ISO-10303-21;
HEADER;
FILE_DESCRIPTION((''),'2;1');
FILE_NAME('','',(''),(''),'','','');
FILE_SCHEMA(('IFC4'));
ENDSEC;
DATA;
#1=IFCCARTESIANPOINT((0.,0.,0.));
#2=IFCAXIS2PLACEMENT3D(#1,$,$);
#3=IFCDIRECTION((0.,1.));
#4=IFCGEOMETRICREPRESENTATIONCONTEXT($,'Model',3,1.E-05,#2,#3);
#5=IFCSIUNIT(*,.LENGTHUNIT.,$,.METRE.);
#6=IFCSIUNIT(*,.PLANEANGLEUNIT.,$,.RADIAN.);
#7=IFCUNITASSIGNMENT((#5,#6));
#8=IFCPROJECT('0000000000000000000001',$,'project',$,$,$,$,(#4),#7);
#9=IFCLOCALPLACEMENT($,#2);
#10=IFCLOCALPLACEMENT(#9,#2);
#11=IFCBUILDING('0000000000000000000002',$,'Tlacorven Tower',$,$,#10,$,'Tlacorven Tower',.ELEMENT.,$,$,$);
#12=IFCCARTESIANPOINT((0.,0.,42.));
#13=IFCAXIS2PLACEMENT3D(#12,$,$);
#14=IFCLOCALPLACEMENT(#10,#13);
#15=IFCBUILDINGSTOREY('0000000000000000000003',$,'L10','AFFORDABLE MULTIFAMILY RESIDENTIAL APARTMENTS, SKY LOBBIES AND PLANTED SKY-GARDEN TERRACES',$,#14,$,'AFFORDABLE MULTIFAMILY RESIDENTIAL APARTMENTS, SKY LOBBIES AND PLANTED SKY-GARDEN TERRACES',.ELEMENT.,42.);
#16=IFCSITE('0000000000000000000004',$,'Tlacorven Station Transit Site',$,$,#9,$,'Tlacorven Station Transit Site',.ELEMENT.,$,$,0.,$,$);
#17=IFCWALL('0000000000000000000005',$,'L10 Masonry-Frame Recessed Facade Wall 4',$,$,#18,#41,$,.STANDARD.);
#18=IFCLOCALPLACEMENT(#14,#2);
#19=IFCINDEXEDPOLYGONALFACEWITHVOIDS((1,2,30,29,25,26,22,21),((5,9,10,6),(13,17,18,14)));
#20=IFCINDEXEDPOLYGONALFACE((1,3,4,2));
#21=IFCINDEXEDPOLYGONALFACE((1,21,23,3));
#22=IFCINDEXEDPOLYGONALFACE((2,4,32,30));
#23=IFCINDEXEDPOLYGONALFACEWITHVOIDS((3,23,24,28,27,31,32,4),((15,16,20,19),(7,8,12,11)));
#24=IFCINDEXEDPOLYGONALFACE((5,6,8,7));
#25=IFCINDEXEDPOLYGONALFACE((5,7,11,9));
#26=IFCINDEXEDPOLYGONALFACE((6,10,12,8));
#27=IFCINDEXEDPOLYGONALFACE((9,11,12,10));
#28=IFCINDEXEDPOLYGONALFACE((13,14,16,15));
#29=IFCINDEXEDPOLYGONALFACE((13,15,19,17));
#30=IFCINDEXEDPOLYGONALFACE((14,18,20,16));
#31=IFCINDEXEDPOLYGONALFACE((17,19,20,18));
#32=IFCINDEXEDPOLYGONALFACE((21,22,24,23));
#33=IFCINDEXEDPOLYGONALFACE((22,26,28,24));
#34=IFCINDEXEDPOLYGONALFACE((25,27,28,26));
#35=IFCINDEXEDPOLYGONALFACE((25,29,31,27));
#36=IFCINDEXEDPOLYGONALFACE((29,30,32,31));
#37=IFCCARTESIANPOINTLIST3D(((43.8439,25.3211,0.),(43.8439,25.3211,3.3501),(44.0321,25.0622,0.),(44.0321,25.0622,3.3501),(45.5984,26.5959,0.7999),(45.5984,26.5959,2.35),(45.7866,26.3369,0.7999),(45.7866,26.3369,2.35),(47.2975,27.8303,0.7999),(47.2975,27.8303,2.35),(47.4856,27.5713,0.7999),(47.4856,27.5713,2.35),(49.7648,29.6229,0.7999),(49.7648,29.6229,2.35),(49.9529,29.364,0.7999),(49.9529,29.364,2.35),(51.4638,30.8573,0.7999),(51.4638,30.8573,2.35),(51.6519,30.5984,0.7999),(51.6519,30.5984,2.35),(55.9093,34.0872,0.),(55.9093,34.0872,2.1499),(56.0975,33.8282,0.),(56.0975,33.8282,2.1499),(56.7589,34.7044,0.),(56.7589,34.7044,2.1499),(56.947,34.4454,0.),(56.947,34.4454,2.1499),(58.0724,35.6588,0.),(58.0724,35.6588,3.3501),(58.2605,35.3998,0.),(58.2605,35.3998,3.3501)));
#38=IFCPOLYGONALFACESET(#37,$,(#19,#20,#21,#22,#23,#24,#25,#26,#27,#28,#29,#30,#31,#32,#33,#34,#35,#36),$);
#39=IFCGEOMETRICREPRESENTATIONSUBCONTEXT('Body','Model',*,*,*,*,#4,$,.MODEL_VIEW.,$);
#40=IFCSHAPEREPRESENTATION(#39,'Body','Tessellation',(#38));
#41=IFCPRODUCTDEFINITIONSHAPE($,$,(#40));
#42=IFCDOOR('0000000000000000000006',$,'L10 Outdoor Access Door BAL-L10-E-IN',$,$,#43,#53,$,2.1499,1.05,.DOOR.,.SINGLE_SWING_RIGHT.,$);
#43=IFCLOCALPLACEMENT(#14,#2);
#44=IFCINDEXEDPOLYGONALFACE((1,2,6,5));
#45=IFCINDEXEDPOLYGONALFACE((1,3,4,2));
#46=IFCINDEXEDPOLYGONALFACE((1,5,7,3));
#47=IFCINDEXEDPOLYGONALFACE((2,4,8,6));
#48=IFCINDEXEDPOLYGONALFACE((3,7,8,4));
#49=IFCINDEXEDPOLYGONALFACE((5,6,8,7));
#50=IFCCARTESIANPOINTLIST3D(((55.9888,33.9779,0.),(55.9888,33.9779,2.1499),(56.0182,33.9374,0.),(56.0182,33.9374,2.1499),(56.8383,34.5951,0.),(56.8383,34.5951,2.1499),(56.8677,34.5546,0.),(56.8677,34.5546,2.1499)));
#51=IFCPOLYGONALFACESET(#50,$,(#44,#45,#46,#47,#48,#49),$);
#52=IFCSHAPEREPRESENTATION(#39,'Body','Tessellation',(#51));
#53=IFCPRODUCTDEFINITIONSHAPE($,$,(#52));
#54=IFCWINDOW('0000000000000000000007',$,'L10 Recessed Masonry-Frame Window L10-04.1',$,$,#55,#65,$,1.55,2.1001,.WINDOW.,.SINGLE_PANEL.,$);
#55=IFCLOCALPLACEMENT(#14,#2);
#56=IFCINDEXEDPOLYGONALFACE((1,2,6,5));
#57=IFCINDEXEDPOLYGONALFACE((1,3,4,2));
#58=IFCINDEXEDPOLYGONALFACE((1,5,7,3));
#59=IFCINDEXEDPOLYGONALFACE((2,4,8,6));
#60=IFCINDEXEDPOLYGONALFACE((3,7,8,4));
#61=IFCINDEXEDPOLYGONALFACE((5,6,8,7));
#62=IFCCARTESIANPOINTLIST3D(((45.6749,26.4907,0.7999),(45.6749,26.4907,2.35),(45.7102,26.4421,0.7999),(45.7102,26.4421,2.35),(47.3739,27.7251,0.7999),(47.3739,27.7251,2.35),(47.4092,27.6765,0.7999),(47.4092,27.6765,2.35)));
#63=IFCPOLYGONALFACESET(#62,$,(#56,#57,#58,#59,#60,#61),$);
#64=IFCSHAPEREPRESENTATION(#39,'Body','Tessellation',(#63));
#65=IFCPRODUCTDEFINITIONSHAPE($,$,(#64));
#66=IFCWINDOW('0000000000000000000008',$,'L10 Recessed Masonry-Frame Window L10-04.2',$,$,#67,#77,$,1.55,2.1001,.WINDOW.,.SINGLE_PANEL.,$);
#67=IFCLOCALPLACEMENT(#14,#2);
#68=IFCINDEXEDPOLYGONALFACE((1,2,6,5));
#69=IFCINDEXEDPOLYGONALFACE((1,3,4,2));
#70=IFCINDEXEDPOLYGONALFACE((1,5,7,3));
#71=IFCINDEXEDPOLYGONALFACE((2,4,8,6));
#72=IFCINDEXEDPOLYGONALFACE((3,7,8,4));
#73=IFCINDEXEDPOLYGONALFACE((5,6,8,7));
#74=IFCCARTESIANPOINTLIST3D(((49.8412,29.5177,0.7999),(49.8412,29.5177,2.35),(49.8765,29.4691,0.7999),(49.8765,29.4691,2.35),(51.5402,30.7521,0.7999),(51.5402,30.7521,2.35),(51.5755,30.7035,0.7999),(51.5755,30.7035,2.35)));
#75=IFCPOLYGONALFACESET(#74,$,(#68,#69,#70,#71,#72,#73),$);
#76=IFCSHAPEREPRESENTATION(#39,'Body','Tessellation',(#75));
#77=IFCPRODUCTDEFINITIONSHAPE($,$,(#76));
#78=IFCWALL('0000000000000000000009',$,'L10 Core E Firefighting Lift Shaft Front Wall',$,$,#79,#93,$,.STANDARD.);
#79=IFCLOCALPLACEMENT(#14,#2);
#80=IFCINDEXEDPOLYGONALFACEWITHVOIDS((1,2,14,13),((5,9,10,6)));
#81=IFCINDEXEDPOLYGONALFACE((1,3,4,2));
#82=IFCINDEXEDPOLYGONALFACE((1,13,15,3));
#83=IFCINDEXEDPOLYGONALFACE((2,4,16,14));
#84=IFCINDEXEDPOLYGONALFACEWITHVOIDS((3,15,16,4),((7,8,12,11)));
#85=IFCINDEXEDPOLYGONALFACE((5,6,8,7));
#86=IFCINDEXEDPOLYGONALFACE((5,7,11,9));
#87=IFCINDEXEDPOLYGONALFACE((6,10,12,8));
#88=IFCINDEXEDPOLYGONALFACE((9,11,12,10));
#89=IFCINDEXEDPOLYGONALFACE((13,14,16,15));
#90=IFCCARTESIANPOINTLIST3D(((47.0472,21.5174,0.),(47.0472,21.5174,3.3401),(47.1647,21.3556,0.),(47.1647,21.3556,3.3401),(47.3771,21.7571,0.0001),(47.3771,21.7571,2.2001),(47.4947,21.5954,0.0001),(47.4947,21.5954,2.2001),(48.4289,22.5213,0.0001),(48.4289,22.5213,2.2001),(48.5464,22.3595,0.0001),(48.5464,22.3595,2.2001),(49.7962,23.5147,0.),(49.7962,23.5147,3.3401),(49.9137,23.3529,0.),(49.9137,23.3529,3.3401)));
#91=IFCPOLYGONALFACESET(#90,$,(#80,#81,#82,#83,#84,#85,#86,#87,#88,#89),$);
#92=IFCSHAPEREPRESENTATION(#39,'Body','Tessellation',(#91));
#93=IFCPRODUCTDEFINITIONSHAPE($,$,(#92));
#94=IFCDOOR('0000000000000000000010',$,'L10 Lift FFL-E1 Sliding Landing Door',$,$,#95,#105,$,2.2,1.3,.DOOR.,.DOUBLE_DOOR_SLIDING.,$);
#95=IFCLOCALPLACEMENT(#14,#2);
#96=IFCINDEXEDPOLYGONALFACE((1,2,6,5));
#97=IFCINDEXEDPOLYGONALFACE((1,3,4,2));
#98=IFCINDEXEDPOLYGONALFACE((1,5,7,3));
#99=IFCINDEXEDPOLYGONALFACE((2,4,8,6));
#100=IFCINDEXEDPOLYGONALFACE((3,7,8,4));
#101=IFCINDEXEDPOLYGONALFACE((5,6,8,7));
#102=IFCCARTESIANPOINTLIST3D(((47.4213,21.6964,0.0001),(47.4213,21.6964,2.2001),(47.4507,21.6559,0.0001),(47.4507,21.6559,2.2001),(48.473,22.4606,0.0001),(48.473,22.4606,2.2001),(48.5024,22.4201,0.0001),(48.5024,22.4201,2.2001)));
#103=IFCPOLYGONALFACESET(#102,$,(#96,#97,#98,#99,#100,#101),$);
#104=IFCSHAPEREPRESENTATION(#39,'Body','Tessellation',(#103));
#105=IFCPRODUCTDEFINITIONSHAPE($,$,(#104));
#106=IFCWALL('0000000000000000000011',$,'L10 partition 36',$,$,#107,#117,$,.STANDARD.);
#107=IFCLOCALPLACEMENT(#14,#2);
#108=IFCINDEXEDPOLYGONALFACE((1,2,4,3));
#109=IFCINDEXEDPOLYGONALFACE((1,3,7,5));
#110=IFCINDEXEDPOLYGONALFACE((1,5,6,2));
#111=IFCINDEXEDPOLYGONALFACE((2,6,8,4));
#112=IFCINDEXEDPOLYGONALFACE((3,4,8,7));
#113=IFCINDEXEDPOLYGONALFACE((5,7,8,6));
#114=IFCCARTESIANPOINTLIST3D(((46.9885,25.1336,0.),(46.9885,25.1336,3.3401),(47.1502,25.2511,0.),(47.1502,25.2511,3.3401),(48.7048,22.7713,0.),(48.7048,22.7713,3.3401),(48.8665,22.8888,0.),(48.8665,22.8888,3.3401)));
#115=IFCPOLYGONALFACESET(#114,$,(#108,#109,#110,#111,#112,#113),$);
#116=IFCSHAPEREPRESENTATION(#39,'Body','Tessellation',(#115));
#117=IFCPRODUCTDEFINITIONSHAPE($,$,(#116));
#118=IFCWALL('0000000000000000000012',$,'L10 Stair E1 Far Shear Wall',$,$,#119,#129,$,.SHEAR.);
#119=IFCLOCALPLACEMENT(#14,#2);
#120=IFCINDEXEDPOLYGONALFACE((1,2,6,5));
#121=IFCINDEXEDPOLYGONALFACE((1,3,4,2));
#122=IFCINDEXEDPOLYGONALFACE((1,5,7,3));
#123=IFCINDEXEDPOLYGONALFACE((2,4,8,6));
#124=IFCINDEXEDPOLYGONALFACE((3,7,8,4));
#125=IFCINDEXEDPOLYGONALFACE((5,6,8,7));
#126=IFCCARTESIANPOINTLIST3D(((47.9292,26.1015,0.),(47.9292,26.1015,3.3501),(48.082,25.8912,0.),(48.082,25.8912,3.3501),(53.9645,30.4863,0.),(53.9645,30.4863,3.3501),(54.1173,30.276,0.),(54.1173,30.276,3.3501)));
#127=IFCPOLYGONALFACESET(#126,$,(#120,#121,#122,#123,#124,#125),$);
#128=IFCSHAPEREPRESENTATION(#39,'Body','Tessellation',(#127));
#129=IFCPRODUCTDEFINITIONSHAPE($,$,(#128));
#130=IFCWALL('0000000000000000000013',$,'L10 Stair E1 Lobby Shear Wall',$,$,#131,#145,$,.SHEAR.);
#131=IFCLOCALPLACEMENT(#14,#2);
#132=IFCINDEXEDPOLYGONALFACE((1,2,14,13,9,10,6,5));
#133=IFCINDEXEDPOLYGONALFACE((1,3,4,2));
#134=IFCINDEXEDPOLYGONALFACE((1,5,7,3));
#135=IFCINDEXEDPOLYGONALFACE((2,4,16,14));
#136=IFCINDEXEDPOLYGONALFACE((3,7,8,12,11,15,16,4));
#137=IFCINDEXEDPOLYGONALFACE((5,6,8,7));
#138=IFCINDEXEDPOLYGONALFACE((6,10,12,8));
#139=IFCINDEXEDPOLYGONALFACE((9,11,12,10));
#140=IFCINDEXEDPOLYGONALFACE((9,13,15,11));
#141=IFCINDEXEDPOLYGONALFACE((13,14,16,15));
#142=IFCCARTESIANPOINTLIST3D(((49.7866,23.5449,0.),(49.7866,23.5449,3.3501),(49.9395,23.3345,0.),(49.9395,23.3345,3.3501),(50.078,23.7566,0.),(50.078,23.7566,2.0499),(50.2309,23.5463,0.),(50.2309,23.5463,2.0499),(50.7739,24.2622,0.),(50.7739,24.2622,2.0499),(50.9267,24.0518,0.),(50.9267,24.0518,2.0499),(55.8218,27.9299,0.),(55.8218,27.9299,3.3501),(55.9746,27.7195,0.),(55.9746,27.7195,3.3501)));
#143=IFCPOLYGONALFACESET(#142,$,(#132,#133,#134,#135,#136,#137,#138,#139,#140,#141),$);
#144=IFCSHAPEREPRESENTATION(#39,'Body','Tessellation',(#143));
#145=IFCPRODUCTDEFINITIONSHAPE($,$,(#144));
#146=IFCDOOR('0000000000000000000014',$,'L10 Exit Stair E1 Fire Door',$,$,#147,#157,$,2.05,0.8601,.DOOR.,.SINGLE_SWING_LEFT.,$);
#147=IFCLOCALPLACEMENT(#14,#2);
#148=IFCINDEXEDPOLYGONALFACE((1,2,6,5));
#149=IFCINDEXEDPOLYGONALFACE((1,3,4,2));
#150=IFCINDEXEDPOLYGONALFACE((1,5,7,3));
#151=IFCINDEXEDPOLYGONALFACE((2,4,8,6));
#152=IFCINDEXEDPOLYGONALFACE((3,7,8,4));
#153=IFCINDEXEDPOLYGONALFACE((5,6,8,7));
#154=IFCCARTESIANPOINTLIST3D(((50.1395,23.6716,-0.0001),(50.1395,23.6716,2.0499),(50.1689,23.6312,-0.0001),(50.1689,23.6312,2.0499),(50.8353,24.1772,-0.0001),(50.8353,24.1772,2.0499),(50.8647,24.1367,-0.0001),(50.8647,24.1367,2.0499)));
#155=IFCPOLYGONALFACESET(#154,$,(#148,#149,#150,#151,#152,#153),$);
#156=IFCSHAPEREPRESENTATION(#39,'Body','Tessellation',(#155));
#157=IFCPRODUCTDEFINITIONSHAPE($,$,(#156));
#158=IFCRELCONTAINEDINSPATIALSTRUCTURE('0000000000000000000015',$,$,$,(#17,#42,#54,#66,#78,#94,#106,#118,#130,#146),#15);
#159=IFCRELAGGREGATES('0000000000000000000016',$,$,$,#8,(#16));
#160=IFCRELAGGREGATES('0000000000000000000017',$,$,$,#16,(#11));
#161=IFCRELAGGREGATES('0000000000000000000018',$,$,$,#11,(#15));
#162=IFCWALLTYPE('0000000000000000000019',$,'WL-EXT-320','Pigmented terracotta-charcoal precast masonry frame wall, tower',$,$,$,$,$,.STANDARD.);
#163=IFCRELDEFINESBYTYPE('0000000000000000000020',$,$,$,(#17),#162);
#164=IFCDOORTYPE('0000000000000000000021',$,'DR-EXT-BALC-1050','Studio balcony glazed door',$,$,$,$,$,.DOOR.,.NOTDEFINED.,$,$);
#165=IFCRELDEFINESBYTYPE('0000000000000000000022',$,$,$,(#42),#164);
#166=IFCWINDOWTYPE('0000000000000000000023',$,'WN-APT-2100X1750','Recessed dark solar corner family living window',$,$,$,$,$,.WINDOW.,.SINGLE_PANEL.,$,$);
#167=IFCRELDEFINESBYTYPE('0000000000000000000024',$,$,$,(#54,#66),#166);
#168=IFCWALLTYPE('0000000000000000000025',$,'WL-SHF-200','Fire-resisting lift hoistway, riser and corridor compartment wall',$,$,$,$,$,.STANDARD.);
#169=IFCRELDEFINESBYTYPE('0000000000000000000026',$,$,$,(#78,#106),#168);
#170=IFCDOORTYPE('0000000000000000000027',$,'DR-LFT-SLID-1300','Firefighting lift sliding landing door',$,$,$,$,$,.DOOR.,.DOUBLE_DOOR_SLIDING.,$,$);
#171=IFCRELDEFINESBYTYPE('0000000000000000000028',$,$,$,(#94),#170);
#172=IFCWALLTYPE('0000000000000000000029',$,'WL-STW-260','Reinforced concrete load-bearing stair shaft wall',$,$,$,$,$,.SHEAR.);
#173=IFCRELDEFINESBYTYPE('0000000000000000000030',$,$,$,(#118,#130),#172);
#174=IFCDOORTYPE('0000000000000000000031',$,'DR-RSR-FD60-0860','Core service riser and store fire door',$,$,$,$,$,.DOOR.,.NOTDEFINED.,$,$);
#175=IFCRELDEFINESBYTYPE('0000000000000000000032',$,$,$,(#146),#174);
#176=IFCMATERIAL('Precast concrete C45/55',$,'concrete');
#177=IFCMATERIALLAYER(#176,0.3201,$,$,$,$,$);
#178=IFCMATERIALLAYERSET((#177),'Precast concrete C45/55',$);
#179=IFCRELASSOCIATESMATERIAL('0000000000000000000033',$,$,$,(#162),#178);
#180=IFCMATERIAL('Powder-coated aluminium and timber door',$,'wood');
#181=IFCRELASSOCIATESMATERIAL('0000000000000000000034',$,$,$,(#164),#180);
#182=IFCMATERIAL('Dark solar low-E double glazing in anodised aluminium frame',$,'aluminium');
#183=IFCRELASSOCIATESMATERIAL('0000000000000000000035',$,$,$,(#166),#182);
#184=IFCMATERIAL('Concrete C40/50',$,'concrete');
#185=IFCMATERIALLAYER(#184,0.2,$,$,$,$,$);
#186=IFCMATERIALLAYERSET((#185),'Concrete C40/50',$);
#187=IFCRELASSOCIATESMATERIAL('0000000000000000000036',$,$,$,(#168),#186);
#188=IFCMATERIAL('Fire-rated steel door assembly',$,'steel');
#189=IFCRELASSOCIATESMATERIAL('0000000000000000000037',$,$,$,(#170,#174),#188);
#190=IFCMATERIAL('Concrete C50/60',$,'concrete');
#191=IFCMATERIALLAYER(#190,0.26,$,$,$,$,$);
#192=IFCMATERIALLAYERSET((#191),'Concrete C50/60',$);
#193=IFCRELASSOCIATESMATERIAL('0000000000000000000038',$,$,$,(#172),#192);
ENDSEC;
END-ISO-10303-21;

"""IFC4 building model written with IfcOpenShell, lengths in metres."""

from ifc_helpers import new_model, si_unit, direction, frame, frame_2d, origin, place, context, subcontext, project, spatial, rectangle, extrude, source, transform, mapped, material, layer, layer_set, type_object, element, fill, save


model = new_model("IFC4")

# Units and contexts
model_context = context("Model", 3, precision=1e-05, world=origin(), true_north=direction((0.0, 1.0)))
body_context = subcontext(model_context, "Body", "Model", "MODEL_VIEW")
ifc_project = project(units=[si_unit("LENGTHUNIT", "METRE"), si_unit("PLANEANGLEUNIT", "RADIAN")], contexts=[model_context])

# Site, building, storey
site_placement = place(None, origin())
site = spatial("IfcSite", under=ifc_project, at=site_placement, Name="Tlacorven Station Transit Site", LongName="Tlacorven Station Transit Site", CompositionType="ELEMENT", RefElevation=0.0)
building_placement = place(site_placement, origin())
building = spatial("IfcBuilding", under=site, at=building_placement, Name="Tlacorven Tower", LongName="Tlacorven Tower", CompositionType="ELEMENT")
storey_placement = place(building_placement, frame((0.0, 0.0, 42.0)))
storey = spatial("IfcBuildingStorey", under=building, at=storey_placement, Name="L10", Description="AFFORDABLE MULTIFAMILY RESIDENTIAL APARTMENTS, SKY LOBBIES AND PLANTED SKY-GARDEN TERRACES", LongName="AFFORDABLE MULTIFAMILY RESIDENTIAL APARTMENTS, SKY LOBBIES AND PLANTED SKY-GARDEN TERRACES", CompositionType="ELEMENT", Elevation=42.0)

# Wall, openings, door, windows
ifc_material_1 = material(Name="Precast concrete C45/55", Category="concrete")
ifc_layer_1 = layer(ifc_material_1, 0.3201)
ifc_layer_set_1 = layer_set([ifc_layer_1], Name="Precast concrete C45/55")
wall_type_1 = type_object("IfcWallType", Name="WL-EXT-320", Description="Pigmented terracotta-charcoal precast masonry frame wall, tower", PredefinedType="STANDARD", material=ifc_layer_set_1)
wall_1_placement = place(storey_placement, frame((43.938, 25.1917, 0.0), z_axis=(0.0, 0.0, 1.0), x_axis=(0.809016, 0.587786, 0.0)))
wall_1 = element("IfcWall", 1, at=wall_1_placement, inside=storey, type_object=wall_type_1, Name="L10 Masonry-Frame Recessed Facade Wall 4", PredefinedType="STANDARD", context=body_context, shape_type="SweptSolid", body=[
    extrude(rectangle(XDim=17.5874, YDim=0.3201, at=frame_2d((8.7937, 0.0))), origin(), (0.0, 0.0, 1.0), 3.3501),
])
opening_1_placement = place(wall_1_placement, frame((14.9138, 0.0, 0.0)))
opening_1 = element("IfcOpeningElement", 2, at=opening_1_placement, cuts=wall_1, PredefinedType="OPENING", context=body_context, shape_type="SweptSolid", body=[
    extrude(rectangle(XDim=1.05, YDim=2.1499, at=frame_2d((0.5249, 1.075))), frame((0.0, 0.1699, 0.0), z_axis=(0.0, -1.0, 0.0), x_axis=(1.0, 0.0, 0.0)), (0.0, 0.0, 1.0), 0.3401),
])
opening_2_placement = place(wall_1_placement, frame((2.1687, 0.0, 0.8)))
opening_2 = element("IfcOpeningElement", 3, at=opening_2_placement, cuts=wall_1, PredefinedType="OPENING", context=body_context, shape_type="SweptSolid", body=[
    extrude(rectangle(XDim=2.1001, YDim=1.55, at=frame_2d((1.05, 0.7749))), frame((0.0, 0.1699, 0.0), z_axis=(0.0, -1.0, 0.0), x_axis=(1.0, 0.0, 0.0)), (0.0, 0.0, 1.0), 0.3401),
])
opening_3_placement = place(wall_1_placement, frame((7.3186, 0.0, 0.8)))
opening_3 = element("IfcOpeningElement", 4, at=opening_3_placement, cuts=wall_1, PredefinedType="OPENING", context=body_context, shape_type="SweptSolid", body=[
    extrude(rectangle(XDim=2.1001, YDim=1.55, at=frame_2d((1.05, 0.7749))), frame((0.0, 0.1699, 0.0), z_axis=(0.0, -1.0, 0.0), x_axis=(1.0, 0.0, 0.0)), (0.0, 0.0, 1.0), 0.3401),
])
ifc_material_2 = material(Name="Powder-coated aluminium and timber door", Category="wood")
door_type_1 = type_object("IfcDoorType", Name="DR-EXT-BALC-1050", Description="Studio balcony glazed door", OperationType="NOTDEFINED", PredefinedType="DOOR", material=ifc_material_2)
shared_shape_1 = source(origin(), body_context, "Body", "SweptSolid", [
    extrude(rectangle(XDim=1.05, YDim=2.1499, at=frame_2d((0.5249, 1.075))), frame((0.0, 0.0249, 0.0), z_axis=(0.0, -1.0, 0.0), x_axis=(1.0, 0.0, 0.0)), (0.0, 0.0, 1.0), 0.05),
])
door_1_placement = place(opening_1_placement, origin())
door_1 = element("IfcDoor", 5, at=door_1_placement, inside=storey, type_object=door_type_1, Name="L10 Outdoor Access Door BAL-L10-E-IN", OperationType="SINGLE_SWING_RIGHT", OverallHeight=2.1499, OverallWidth=1.05, PredefinedType="DOOR", context=body_context, shape_type="MappedRepresentation", body=[
    mapped(shared_shape_1, transform((0.0, 0.0, 0.0), scale=1.0)),
])
fill(opening_1, door_1)
ifc_material_3 = material(Name="Dark solar low-E double glazing in anodised aluminium frame", Category="aluminium")
window_type = type_object("IfcWindowType", Name="WN-APT-2100X1750", Description="Recessed dark solar corner family living window", PartitioningType="SINGLE_PANEL", PredefinedType="WINDOW", material=ifc_material_3)
shared_shape_2 = source(origin(), body_context, "Body", "SweptSolid", [
    extrude(rectangle(XDim=2.1001, YDim=1.55, at=frame_2d((1.05, 0.7749))), frame((0.0, 0.03, 0.0), z_axis=(0.0, -1.0, 0.0), x_axis=(1.0, 0.0, 0.0)), (0.0, 0.0, 1.0), 0.0601),
])
window_1_placement = place(opening_2_placement, origin())
window_1 = element("IfcWindow", 6, at=window_1_placement, inside=storey, type_object=window_type, Name="L10 Recessed Masonry-Frame Window L10-04.1", OverallHeight=1.55, OverallWidth=2.1001, PartitioningType="SINGLE_PANEL", PredefinedType="WINDOW", context=body_context, shape_type="MappedRepresentation", body=[
    mapped(shared_shape_2, transform((0.0, 0.0, 0.0), scale=1.0)),
])
fill(opening_2, window_1)
window_2_placement = place(opening_3_placement, origin())
window_2 = element("IfcWindow", 7, at=window_2_placement, inside=storey, type_object=window_type, Name="L10 Recessed Masonry-Frame Window L10-04.2", OverallHeight=1.55, OverallWidth=2.1001, PartitioningType="SINGLE_PANEL", PredefinedType="WINDOW", context=body_context, shape_type="MappedRepresentation", body=[
    mapped(shared_shape_2, transform((0.0, 0.0, 0.0), scale=1.0)),
])
fill(opening_3, window_2)

# Wall, opening, door
ifc_material_4 = material(Name="Concrete C40/50", Category="concrete")
ifc_layer_2 = layer(ifc_material_4, 0.2)
ifc_layer_set_2 = layer_set([ifc_layer_2], Name="Concrete C40/50")
wall_type_2 = type_object("IfcWallType", Name="WL-SHF-200", Description="Fire-resisting lift hoistway, riser and corridor compartment wall", PredefinedType="STANDARD", material=ifc_layer_set_2)
wall_2_placement = place(storey_placement, frame((47.106, 21.4365, 0.0), z_axis=(0.0, 0.0, 1.0), x_axis=(0.809013, 0.587791, 0.0)))
wall_2 = element("IfcWall", 8, at=wall_2_placement, inside=storey, type_object=wall_type_2, Name="L10 Core E Firefighting Lift Shaft Front Wall", PredefinedType="STANDARD", context=body_context, shape_type="SweptSolid", body=[
    extrude(rectangle(XDim=3.3979, YDim=0.2, at=frame_2d((1.699, 0.0))), origin(), (0.0, 0.0, 1.0), 3.3401),
])
opening_4_placement = place(wall_2_placement, frame((0.408, 0.0, 0.0)))
opening_4 = element("IfcOpeningElement", 9, at=opening_4_placement, cuts=wall_2, PredefinedType="OPENING", context=body_context, shape_type="SweptSolid", body=[
    extrude(rectangle(XDim=1.3, YDim=2.2, at=frame_2d((0.6499, 1.1001))), frame((0.0, 0.1099, 0.0), z_axis=(0.0, -1.0, 0.0), x_axis=(1.0, 0.0, 0.0)), (0.0, 0.0, 1.0), 0.22),
])
ifc_material_5 = material(Name="Fire-rated steel door assembly", Category="steel")
door_type_2 = type_object("IfcDoorType", Name="DR-LFT-SLID-1300", Description="Firefighting lift sliding landing door", OperationType="DOUBLE_DOOR_SLIDING", PredefinedType="DOOR", material=ifc_material_5)
shared_shape_3 = source(origin(), body_context, "Body", "SweptSolid", [
    extrude(rectangle(XDim=1.3, YDim=2.2, at=frame_2d((0.6499, 1.1001))), frame((0.0, 0.0249, 0.0), z_axis=(0.0, -1.0, 0.0), x_axis=(1.0, 0.0, 0.0)), (0.0, 0.0, 1.0), 0.05),
])
door_2_placement = place(opening_4_placement, origin())
door_2 = element("IfcDoor", 10, at=door_2_placement, inside=storey, type_object=door_type_2, Name="L10 Lift FFL-E1 Sliding Landing Door", OperationType="DOUBLE_DOOR_SLIDING", OverallHeight=2.2, OverallWidth=1.3, PredefinedType="DOOR", context=body_context, shape_type="MappedRepresentation", body=[
    mapped(shared_shape_3, transform((0.0, 0.0, 0.0), scale=1.0)),
])
fill(opening_4, door_2)

# Walls
wall_3_placement = place(storey_placement, frame((48.7856, 22.8301, 0.0), z_axis=(0.0, 0.0, 1.0), x_axis=(-0.587784, 0.809018, 0.0)))
element("IfcWall", 11, at=wall_3_placement, inside=storey, type_object=wall_type_2, Name="L10 partition 36", PredefinedType="STANDARD", context=body_context, shape_type="SweptSolid", body=[
    extrude(rectangle(XDim=2.9199, YDim=0.2, at=frame_2d((1.46, 0.0))), origin(), (0.0, 0.0, 1.0), 3.3401),
])
ifc_material_6 = material(Name="Concrete C50/60", Category="concrete")
ifc_layer_3 = layer(ifc_material_6, 0.26)
ifc_layer_set_3 = layer_set([ifc_layer_3], Name="Concrete C50/60")
wall_type_3 = type_object("IfcWallType", Name="WL-STW-260", Description="Reinforced concrete load-bearing stair shaft wall", PredefinedType="SHEAR", material=ifc_layer_set_3)
wall_4_placement = place(storey_placement, frame((48.0056, 25.9963, 0.0), z_axis=(0.0, 0.0, 1.0), x_axis=(0.809019, 0.587782, 0.0)))
element("IfcWall", 12, at=wall_4_placement, inside=storey, type_object=wall_type_3, Name="L10 Stair E1 Far Shear Wall", PredefinedType="SHEAR", context=body_context, shape_type="SweptSolid", body=[
    extrude(rectangle(XDim=7.46, YDim=0.26, at=frame_2d((3.73, 0.0))), origin(), (0.0, 0.0, 1.0), 3.3501),
])

# Wall, opening, door
wall_5_placement = place(storey_placement, frame((49.863, 23.4397, 0.0), z_axis=(0.0, 0.0, 1.0), x_axis=(0.809003, 0.587804, 0.0)))
wall_5 = element("IfcWall", 13, at=wall_5_placement, inside=storey, type_object=wall_type_3, Name="L10 Stair E1 Lobby Shear Wall", PredefinedType="SHEAR", context=body_context, shape_type="SweptSolid", body=[
    extrude(rectangle(XDim=7.46, YDim=0.26, at=frame_2d((3.73, 0.0))), origin(), (0.0, 0.0, 1.0), 3.3501),
])
opening_5_placement = place(wall_5_placement, frame((0.3601, 0.0, 0.0)))
opening_5 = element("IfcOpeningElement", 14, at=opening_5_placement, cuts=wall_5, PredefinedType="OPENING", context=body_context, shape_type="SweptSolid", body=[
    extrude(rectangle(XDim=0.8601, YDim=2.05, at=frame_2d((0.4302, 1.0249))), frame((0.0, 0.1401, 0.0), z_axis=(0.0, -1.0, 0.0), x_axis=(1.0, 0.0, 0.0)), (0.0, 0.0, 1.0), 0.28),
])
door_type_3 = type_object("IfcDoorType", Name="DR-RSR-FD60-0860", Description="Core service riser and store fire door", OperationType="NOTDEFINED", PredefinedType="DOOR", material=ifc_material_5)
shared_shape_4 = source(origin(), body_context, "Body", "SweptSolid", [
    extrude(rectangle(XDim=0.8601, YDim=2.05, at=frame_2d((0.4302, 1.0249))), frame((0.0, 0.0249, 0.0), z_axis=(0.0, -1.0, 0.0), x_axis=(1.0, 0.0, 0.0)), (0.0, 0.0, 1.0), 0.05),
])
door_3_placement = place(opening_5_placement, frame((0.8601, 0.0, 0.0), z_axis=(0.0, 0.0, 1.0), x_axis=(-1.0, 0.0, 0.0)))
door_3 = element("IfcDoor", 15, at=door_3_placement, inside=storey, type_object=door_type_3, Name="L10 Exit Stair E1 Fire Door", OperationType="SINGLE_SWING_LEFT", OverallHeight=2.05, OverallWidth=0.8601, PredefinedType="DOOR", context=body_context, shape_type="MappedRepresentation", body=[
    mapped(shared_shape_4, transform((0.0, 0.0, 0.0), scale=1.0)),
])
fill(opening_5, door_3)

save(model, "model.ifc")
